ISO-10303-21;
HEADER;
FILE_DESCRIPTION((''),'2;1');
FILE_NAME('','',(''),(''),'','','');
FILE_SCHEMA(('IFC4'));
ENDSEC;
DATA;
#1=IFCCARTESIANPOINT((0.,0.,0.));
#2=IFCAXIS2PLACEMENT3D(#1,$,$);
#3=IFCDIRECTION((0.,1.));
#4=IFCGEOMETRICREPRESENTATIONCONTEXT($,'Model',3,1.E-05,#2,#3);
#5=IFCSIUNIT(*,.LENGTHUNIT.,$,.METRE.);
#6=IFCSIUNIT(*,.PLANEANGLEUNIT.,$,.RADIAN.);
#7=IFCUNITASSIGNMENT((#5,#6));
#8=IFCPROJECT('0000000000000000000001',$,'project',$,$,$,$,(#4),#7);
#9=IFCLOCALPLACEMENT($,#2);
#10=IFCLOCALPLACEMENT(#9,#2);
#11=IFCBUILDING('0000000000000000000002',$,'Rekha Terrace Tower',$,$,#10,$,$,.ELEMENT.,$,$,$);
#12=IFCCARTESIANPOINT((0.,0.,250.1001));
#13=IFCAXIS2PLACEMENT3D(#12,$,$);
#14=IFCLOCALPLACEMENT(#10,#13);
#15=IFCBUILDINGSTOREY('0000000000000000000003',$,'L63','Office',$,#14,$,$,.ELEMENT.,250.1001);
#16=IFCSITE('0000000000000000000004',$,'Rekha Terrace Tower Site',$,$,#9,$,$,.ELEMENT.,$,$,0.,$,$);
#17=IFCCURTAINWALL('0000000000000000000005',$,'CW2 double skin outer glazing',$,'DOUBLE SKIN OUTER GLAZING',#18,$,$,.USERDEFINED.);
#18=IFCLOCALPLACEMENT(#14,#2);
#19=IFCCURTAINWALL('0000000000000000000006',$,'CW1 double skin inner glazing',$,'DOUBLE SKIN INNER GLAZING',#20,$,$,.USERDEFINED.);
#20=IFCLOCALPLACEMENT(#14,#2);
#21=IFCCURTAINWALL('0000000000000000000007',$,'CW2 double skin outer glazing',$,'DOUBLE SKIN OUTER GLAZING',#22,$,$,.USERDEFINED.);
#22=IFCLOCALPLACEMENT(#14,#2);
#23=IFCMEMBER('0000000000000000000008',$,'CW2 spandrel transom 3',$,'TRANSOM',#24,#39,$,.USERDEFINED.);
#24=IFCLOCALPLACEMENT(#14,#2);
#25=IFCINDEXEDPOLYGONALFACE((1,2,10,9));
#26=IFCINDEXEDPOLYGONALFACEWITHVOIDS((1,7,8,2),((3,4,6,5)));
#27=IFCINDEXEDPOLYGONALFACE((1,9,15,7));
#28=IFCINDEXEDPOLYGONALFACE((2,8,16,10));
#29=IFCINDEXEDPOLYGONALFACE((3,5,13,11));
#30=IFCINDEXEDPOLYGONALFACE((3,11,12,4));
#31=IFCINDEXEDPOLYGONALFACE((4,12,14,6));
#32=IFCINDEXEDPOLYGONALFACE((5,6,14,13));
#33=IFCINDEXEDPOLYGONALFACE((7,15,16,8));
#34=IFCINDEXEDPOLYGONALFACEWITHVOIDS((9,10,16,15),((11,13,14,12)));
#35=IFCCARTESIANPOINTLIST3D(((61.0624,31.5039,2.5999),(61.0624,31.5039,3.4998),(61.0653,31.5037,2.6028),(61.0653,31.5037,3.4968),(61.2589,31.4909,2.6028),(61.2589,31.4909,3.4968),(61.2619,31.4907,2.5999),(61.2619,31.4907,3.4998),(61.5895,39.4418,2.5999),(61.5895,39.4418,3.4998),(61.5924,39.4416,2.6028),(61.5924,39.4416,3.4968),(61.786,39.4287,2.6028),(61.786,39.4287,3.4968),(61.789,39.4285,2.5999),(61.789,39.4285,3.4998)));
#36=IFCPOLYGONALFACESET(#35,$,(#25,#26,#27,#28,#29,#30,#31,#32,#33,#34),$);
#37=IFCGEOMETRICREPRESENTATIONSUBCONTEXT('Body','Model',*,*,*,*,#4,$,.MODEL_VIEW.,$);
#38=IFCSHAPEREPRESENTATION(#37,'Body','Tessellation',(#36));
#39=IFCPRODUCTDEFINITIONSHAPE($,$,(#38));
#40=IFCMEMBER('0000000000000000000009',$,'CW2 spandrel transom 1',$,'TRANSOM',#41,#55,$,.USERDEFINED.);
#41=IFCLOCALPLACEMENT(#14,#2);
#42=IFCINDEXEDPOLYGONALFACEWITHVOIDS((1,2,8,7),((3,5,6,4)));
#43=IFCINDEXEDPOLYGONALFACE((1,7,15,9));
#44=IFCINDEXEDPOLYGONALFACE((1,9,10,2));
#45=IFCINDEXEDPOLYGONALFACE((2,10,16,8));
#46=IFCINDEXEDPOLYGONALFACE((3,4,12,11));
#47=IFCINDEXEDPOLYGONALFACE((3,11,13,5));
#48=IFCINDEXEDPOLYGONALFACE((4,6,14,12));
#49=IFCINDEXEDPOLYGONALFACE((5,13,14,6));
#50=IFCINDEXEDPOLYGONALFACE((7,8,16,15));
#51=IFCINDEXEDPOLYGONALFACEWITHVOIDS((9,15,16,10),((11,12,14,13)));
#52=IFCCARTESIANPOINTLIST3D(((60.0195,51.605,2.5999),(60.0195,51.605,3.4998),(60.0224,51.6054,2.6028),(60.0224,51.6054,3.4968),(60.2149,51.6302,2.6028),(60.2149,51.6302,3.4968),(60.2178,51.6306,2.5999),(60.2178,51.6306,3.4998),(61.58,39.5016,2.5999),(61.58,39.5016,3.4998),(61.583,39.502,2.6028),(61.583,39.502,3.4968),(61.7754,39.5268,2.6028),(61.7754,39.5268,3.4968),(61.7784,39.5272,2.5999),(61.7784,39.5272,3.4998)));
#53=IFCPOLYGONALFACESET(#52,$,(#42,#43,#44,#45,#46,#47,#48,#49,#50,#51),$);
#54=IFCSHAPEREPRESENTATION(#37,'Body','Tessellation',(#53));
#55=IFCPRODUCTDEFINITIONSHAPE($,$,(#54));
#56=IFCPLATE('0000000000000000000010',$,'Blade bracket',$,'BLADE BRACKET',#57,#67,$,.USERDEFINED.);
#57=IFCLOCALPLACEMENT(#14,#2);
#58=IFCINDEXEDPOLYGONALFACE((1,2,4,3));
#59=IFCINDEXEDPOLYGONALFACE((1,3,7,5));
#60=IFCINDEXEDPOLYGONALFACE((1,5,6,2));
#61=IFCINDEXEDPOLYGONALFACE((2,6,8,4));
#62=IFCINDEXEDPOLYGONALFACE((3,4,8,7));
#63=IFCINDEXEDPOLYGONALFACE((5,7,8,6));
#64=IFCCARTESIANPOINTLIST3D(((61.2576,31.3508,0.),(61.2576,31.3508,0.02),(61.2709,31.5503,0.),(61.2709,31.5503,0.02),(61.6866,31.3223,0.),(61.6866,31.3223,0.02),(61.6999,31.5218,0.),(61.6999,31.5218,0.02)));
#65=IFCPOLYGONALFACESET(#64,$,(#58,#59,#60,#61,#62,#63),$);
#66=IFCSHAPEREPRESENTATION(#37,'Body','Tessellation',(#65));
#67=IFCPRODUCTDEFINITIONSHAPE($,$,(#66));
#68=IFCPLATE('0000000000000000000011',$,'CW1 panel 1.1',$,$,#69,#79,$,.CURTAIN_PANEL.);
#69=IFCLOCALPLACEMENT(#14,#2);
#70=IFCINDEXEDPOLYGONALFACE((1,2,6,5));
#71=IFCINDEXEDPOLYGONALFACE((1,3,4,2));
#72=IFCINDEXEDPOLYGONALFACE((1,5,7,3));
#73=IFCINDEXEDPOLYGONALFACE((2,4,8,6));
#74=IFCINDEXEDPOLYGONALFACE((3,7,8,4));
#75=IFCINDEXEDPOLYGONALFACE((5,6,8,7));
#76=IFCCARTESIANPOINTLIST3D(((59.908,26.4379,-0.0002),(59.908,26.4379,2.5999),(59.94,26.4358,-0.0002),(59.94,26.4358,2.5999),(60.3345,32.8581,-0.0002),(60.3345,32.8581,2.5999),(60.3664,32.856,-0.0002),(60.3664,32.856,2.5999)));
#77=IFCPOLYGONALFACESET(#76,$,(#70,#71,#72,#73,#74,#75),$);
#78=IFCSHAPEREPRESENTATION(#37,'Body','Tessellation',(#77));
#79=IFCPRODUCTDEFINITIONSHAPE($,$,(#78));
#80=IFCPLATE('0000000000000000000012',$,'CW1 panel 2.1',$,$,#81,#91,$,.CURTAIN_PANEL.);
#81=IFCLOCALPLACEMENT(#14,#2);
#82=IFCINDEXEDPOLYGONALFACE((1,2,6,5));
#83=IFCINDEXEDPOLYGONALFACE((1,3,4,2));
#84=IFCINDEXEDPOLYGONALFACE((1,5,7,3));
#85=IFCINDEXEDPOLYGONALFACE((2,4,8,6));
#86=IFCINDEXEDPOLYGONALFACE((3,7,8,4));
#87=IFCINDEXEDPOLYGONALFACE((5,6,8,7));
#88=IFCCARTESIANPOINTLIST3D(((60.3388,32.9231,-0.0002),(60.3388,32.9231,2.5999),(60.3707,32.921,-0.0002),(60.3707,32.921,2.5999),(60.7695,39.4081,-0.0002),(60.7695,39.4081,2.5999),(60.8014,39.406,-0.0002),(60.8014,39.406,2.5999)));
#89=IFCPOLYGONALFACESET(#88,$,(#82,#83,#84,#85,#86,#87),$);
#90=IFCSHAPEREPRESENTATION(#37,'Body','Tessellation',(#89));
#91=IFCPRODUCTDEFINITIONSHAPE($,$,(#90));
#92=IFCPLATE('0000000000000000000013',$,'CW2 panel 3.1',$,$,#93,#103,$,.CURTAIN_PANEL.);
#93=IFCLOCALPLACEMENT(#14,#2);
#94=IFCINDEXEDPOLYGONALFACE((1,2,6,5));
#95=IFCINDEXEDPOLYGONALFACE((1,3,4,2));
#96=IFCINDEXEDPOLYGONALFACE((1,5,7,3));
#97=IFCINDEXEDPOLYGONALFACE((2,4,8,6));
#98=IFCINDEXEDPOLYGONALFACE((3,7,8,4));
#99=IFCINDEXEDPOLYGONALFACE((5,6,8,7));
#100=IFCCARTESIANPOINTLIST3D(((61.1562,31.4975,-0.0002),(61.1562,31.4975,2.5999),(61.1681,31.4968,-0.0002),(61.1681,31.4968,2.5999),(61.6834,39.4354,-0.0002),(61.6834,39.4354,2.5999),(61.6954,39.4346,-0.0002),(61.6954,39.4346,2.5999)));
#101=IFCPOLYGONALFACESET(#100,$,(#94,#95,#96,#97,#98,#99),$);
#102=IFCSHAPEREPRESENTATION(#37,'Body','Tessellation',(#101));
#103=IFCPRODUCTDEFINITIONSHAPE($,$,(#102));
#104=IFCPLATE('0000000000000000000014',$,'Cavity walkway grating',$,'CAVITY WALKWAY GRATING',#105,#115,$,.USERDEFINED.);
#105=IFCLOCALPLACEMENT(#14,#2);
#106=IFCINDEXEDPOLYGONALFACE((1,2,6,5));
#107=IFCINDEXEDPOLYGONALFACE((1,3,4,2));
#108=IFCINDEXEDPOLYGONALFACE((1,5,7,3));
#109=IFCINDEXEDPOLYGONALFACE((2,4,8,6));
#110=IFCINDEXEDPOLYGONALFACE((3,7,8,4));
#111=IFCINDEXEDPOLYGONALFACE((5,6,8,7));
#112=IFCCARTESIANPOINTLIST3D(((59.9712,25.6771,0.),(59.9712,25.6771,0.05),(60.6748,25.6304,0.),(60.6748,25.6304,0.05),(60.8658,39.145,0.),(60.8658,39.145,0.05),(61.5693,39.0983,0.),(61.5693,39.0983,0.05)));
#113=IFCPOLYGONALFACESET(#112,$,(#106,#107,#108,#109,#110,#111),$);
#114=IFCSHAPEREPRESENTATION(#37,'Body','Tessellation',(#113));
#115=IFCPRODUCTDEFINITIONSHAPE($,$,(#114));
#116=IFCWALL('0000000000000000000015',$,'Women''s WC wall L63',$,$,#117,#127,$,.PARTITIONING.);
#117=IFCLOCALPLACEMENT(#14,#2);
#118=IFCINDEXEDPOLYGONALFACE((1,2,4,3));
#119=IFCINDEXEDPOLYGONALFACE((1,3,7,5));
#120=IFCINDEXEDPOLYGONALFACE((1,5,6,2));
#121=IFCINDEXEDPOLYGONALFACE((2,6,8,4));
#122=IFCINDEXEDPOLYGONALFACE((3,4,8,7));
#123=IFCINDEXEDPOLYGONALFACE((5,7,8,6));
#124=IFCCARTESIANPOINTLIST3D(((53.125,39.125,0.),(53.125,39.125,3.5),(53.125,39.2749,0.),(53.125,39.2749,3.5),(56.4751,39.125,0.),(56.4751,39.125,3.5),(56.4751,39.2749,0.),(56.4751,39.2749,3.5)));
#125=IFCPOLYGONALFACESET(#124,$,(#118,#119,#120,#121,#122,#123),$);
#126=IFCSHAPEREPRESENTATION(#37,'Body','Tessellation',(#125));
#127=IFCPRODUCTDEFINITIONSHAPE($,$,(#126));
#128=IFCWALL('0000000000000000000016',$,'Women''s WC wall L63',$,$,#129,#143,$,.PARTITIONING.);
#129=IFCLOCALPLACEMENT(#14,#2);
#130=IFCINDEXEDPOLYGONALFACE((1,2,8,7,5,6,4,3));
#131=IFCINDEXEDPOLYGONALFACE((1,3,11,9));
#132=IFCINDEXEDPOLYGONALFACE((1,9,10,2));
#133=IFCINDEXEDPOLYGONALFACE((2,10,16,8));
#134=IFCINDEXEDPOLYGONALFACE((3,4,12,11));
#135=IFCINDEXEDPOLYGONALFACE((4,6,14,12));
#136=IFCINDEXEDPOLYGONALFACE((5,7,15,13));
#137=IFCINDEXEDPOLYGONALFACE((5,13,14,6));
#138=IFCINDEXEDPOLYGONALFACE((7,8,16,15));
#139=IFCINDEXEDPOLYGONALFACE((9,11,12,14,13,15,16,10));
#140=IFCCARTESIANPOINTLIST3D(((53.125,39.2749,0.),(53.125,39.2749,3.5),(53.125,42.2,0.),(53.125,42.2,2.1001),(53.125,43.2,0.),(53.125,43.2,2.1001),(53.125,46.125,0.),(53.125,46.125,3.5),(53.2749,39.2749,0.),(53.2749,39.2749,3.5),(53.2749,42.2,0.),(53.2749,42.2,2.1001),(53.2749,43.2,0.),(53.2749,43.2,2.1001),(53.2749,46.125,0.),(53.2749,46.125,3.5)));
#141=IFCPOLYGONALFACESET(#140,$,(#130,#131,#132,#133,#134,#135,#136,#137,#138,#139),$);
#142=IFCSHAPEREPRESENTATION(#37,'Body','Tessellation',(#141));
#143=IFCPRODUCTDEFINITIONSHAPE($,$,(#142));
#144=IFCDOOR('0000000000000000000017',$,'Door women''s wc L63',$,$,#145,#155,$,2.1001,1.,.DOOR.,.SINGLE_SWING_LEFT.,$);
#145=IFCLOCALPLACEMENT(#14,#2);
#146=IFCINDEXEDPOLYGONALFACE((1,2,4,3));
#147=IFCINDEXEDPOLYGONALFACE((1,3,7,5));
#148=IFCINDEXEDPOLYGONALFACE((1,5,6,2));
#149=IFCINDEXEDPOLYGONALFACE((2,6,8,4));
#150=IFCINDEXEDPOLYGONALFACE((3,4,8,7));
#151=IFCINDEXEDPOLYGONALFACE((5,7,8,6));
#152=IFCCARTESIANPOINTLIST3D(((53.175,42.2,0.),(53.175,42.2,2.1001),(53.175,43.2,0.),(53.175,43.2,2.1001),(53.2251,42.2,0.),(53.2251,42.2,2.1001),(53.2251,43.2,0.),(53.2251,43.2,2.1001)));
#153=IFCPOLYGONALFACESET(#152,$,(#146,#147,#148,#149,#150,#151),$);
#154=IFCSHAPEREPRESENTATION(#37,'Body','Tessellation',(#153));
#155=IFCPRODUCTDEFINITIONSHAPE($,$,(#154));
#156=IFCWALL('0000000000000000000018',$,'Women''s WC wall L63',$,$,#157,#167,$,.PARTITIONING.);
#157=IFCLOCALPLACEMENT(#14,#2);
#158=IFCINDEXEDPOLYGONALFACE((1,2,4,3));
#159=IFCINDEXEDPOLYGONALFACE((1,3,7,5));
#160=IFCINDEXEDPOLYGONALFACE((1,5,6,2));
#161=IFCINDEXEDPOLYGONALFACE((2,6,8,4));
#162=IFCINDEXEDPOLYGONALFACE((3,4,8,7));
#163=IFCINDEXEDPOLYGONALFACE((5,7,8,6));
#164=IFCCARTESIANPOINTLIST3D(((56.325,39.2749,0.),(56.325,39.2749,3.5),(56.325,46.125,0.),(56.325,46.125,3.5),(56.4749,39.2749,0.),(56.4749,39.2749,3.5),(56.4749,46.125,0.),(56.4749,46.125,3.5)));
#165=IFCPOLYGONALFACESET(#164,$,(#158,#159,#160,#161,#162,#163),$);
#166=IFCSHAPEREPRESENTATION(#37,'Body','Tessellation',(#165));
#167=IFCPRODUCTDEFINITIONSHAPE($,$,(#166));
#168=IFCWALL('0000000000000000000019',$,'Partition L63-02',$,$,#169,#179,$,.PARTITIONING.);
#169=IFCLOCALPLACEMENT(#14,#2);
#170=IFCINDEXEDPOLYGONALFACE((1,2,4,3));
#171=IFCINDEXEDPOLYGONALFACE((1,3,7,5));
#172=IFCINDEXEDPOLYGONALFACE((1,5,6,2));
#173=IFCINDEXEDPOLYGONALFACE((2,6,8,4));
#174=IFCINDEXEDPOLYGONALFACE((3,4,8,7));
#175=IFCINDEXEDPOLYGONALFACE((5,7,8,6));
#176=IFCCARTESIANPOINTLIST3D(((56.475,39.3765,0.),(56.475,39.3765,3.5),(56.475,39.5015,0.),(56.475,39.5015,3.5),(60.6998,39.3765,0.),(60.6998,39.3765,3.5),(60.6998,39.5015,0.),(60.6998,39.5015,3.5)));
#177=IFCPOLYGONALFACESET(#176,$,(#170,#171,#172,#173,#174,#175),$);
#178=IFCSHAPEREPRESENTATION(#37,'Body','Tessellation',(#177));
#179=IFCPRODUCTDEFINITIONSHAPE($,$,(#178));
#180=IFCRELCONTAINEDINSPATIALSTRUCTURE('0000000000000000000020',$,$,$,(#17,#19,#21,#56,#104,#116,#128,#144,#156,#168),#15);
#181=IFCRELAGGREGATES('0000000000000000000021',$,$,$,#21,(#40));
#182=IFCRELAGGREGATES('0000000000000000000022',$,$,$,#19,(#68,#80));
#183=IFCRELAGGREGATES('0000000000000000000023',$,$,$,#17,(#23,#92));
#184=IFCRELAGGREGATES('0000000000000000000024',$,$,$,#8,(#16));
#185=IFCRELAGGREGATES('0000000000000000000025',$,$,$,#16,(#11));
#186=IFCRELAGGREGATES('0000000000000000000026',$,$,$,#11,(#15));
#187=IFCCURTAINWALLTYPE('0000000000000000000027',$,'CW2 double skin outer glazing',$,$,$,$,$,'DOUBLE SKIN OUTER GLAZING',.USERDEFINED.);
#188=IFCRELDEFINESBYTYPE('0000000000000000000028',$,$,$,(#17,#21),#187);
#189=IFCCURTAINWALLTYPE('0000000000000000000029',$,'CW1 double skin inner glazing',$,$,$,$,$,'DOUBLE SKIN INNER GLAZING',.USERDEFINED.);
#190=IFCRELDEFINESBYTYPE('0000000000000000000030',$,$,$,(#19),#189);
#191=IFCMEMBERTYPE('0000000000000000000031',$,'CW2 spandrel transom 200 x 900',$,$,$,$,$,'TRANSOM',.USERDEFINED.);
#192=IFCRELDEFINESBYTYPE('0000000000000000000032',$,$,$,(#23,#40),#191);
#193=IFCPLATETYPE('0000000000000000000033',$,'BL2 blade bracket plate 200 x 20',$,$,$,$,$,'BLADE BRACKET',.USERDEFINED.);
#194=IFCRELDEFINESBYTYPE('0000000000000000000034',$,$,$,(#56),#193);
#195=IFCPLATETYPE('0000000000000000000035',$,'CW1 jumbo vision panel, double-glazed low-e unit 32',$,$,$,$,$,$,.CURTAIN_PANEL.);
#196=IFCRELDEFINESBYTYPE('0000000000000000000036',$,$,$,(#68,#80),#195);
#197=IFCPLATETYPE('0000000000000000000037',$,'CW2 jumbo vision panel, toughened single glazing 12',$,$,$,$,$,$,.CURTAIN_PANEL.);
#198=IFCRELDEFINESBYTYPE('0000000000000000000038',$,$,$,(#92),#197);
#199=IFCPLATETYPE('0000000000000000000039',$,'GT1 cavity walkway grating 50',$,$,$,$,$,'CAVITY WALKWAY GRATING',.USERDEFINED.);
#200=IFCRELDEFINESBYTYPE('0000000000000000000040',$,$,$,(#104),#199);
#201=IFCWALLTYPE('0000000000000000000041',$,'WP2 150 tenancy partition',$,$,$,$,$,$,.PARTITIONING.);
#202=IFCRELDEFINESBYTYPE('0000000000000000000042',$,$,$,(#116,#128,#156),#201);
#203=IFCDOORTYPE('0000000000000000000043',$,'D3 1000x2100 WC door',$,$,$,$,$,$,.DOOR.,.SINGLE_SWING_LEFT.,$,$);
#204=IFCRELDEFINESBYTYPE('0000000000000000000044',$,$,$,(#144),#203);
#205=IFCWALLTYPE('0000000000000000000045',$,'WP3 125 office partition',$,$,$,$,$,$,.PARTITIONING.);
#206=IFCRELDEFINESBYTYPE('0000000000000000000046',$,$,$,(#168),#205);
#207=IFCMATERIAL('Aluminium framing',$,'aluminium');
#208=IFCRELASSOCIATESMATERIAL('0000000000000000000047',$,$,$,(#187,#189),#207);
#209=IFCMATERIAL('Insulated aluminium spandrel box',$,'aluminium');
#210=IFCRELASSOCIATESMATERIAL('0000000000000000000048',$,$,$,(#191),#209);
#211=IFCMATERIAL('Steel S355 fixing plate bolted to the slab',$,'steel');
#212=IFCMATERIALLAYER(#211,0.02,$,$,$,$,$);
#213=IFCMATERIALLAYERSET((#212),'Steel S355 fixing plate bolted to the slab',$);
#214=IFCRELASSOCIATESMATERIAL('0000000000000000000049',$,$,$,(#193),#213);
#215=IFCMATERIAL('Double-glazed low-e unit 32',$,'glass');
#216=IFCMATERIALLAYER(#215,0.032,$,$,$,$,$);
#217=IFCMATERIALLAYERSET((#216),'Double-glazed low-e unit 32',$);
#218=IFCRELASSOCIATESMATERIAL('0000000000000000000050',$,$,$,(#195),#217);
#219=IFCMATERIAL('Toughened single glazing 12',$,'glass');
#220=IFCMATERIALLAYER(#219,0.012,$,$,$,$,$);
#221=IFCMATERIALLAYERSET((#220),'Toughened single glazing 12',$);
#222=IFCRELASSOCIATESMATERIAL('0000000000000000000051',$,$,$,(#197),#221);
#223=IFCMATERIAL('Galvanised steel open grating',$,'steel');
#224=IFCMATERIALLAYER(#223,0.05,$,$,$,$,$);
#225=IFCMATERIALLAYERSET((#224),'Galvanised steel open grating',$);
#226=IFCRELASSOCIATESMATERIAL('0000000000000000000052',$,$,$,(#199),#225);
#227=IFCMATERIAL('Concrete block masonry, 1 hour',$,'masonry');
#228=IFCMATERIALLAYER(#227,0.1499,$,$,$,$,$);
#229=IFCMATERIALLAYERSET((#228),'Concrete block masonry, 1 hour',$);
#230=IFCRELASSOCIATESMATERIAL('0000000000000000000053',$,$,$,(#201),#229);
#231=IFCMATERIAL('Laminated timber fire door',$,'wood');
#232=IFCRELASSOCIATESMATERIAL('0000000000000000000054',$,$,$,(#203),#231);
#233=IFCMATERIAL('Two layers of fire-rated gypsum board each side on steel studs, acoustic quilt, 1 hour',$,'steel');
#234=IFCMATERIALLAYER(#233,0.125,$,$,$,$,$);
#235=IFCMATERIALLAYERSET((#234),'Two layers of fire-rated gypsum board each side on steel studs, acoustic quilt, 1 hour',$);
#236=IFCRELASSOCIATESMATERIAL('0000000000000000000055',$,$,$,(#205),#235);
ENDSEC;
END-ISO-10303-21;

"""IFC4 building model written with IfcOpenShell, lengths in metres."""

from ifc_helpers import new_model, si_unit, direction, frame, frame_2d, origin, origin_2d, place, context, subcontext, project, spatial, rectangle, hollow_rectangle, extrude, material, layer, layer_set, material_profile, profile_set, type_object, element, fill, aggregate, save


model = new_model("IFC4")

# Units and contexts
model_context = context("Model", 3, precision=1e-05, world=origin(), true_north=direction((0.0, 1.0)))
body_context = subcontext(model_context, "Body", "Model", "MODEL_VIEW")
ifc_project = project(units=[si_unit("LENGTHUNIT", "METRE"), si_unit("PLANEANGLEUNIT", "RADIAN")], contexts=[model_context])

# Site, building, storey
site_placement = place(None, origin())
site = spatial("IfcSite", under=ifc_project, at=site_placement, Name="Rekha Terrace Tower Site", CompositionType="ELEMENT", RefElevation=0.0)
building_placement = place(site_placement, origin())
building = spatial("IfcBuilding", under=site, at=building_placement, Name="Rekha Terrace Tower", CompositionType="ELEMENT")
storey_placement = place(building_placement, frame((0.0, 0.0, 250.1001)))
storey = spatial("IfcBuildingStorey", under=building, at=storey_placement, Name="L63", Description="Office", CompositionType="ELEMENT", Elevation=250.1001)

# Curtain walls
ifc_material_1 = material(Name="Aluminium framing", Category="aluminium")
curtain_wall_type_1 = type_object("IfcCurtainWallType", Name="CW2 double skin outer glazing", ElementType="DOUBLE SKIN OUTER GLAZING", PredefinedType="USERDEFINED", material=ifc_material_1)
curtain_wall_1_placement = place(storey_placement, origin())
curtain_wall_1 = element("IfcCurtainWall", 1, at=curtain_wall_1_placement, inside=storey, type_object=curtain_wall_type_1, Name="CW2 double skin outer glazing", ObjectType="DOUBLE SKIN OUTER GLAZING", PredefinedType="USERDEFINED")
curtain_wall_type_2 = type_object("IfcCurtainWallType", Name="CW1 double skin inner glazing", ElementType="DOUBLE SKIN INNER GLAZING", PredefinedType="USERDEFINED", material=ifc_material_1)
curtain_wall_2_placement = place(storey_placement, origin())
curtain_wall_2 = element("IfcCurtainWall", 2, at=curtain_wall_2_placement, inside=storey, type_object=curtain_wall_type_2, Name="CW1 double skin inner glazing", ObjectType="DOUBLE SKIN INNER GLAZING", PredefinedType="USERDEFINED")

# Shared definitions
ifc_material_2 = material(Name="Insulated aluminium spandrel box", Category="aluminium")

# Curtain wall
curtain_wall_3_placement = place(storey_placement, origin())
curtain_wall_3 = element("IfcCurtainWall", 3, at=curtain_wall_3_placement, inside=storey, type_object=curtain_wall_type_1, Name="CW2 double skin outer glazing", ObjectType="DOUBLE SKIN OUTER GLAZING", PredefinedType="USERDEFINED")

# Members
ifc_material_profile_1 = material_profile(ifc_material_2, hollow_rectangle(XDim=0.2, YDim=0.8999, WallThickness=0.0029, at=origin_2d()), Name="AL SPANDREL BOX 200x900")
ifc_profile_set_1 = profile_set([ifc_material_profile_1], Name="Insulated aluminium spandrel box")
member_type_1 = type_object("IfcMemberType", Name="CW2 spandrel transom 200 x 900", ElementType="TRANSOM", PredefinedType="USERDEFINED", material=ifc_profile_set_1)
member_1_placement = place(storey_placement, frame((61.1621, 31.4973, 3.0498), z_axis=(0.066258, 0.997803, 0.0), x_axis=(-0.997803, 0.066258, 0.0)))
member_1 = element("IfcMember", 4, at=member_1_placement, type_object=member_type_1, Name="CW2 spandrel transom 3", ObjectType="TRANSOM", PredefinedType="USERDEFINED", context=body_context, shape_type="SweptSolid", body=[
    extrude(hollow_rectangle(XDim=0.2, YDim=0.8999, WallThickness=0.0029, at=origin_2d()), origin(), (0.0, 0.0, 1.0), 7.9553),
])
member_2_placement = place(storey_placement, frame((61.6792, 39.5144, 3.0498), z_axis=(-0.127875, 0.99179, 0.0), x_axis=(-0.99179, -0.127875, 0.0)))
member_2 = element("IfcMember", 5, at=member_2_placement, type_object=member_type_1, Name="CW2 spandrel transom 1", ObjectType="TRANSOM", PredefinedType="USERDEFINED", context=body_context, shape_type="SweptSolid", body=[
    extrude(hollow_rectangle(XDim=0.2, YDim=0.8999, WallThickness=0.0029, at=origin_2d()), origin(), (0.0, 0.0, 1.0), 12.2036),
])
aggregate(curtain_wall_3, [member_2])

# Plates
ifc_material_3 = material(Name="Steel S355 fixing plate bolted to the slab", Category="steel")
ifc_layer_1 = layer(ifc_material_3, 0.02)
ifc_layer_set_1 = layer_set([ifc_layer_1], Name="Steel S355 fixing plate bolted to the slab")
plate_type_1 = type_object("IfcPlateType", Name="BL2 blade bracket plate 200 x 20", ElementType="BLADE BRACKET", PredefinedType="USERDEFINED", material=ifc_layer_set_1)
plate_1_placement = place(storey_placement, frame((61.4788, 31.4363, 0.0), z_axis=(0.0, 0.0, 1.0), x_axis=(0.997802, -0.066272, 0.0)))
element("IfcPlate", 6, at=plate_1_placement, inside=storey, type_object=plate_type_1, Name="Blade bracket", ObjectType="BLADE BRACKET", PredefinedType="USERDEFINED", context=body_context, shape_type="SweptSolid", body=[
    extrude(rectangle(XDim=0.4299, YDim=0.2, at=origin_2d()), origin(), (0.0, 0.0, 1.0), 0.02),
])
ifc_material_4 = material(Name="Double-glazed low-e unit 32", Category="glass")
ifc_layer_2 = layer(ifc_material_4, 0.032)
ifc_layer_set_2 = layer_set([ifc_layer_2], Name="Double-glazed low-e unit 32")
plate_type_2 = type_object("IfcPlateType", Name="CW1 jumbo vision panel, double-glazed low-e unit 32", PredefinedType="CURTAIN_PANEL", material=ifc_layer_set_2)
plate_2_placement = place(storey_placement, frame((60.1372, 29.647, -0.0002), z_axis=(0.0, 0.0, 1.0), x_axis=(0.066272, 0.997802, 0.0)))
plate_2 = element("IfcPlate", 7, at=plate_2_placement, type_object=plate_type_2, Name="CW1 panel 1.1", PredefinedType="CURTAIN_PANEL", context=body_context, shape_type="SweptSolid", body=[
    extrude(rectangle(XDim=6.4343, YDim=0.032, at=origin_2d()), origin(), (0.0, 0.0, 1.0), 2.6001),
])
plate_3_placement = place(storey_placement, frame((60.5701, 36.1646, -0.0002), z_axis=(0.0, 0.0, 1.0), x_axis=(0.066272, 0.997802, 0.0)))
plate_3 = element("IfcPlate", 8, at=plate_3_placement, type_object=plate_type_2, Name="CW1 panel 2.1", PredefinedType="CURTAIN_PANEL", context=body_context, shape_type="SweptSolid", body=[
    extrude(rectangle(XDim=6.4993, YDim=0.032, at=origin_2d()), origin(), (0.0, 0.0, 1.0), 2.6001),
])
aggregate(curtain_wall_2, [plate_2, plate_3])
ifc_material_5 = material(Name="Toughened single glazing 12", Category="glass")
ifc_layer_3 = layer(ifc_material_5, 0.012)
ifc_layer_set_3 = layer_set([ifc_layer_3], Name="Toughened single glazing 12")
plate_type_3 = type_object("IfcPlateType", Name="CW2 jumbo vision panel, toughened single glazing 12", PredefinedType="CURTAIN_PANEL", material=ifc_layer_set_3)
plate_4_placement = place(storey_placement, frame((61.4258, 35.4661, -0.0002), z_axis=(0.0, 0.0, 1.0), x_axis=(0.066272, 0.997802, 0.0)))
plate_4 = element("IfcPlate", 9, at=plate_4_placement, type_object=plate_type_3, Name="CW2 panel 3.1", PredefinedType="CURTAIN_PANEL", context=body_context, shape_type="SweptSolid", body=[
    extrude(rectangle(XDim=7.9553, YDim=0.012, at=origin_2d()), origin(), (0.0, 0.0, 1.0), 2.6001),
])
aggregate(curtain_wall_1, [member_1, plate_4])
ifc_material_6 = material(Name="Galvanised steel open grating", Category="steel")
ifc_layer_4 = layer(ifc_material_6, 0.05)
ifc_layer_set_4 = layer_set([ifc_layer_4], Name="Galvanised steel open grating")
plate_type_4 = type_object("IfcPlateType", Name="GT1 cavity walkway grating 50", ElementType="CAVITY WALKWAY GRATING", PredefinedType="USERDEFINED", material=ifc_layer_set_4)
plate_5_placement = place(storey_placement, frame((60.7703, 32.3877, 0.0), z_axis=(0.0, 0.0, 1.0), x_axis=(0.066272, 0.997802, 0.0)))
element("IfcPlate", 10, at=plate_5_placement, inside=storey, type_object=plate_type_4, Name="Cavity walkway grating", ObjectType="CAVITY WALKWAY GRATING", PredefinedType="USERDEFINED", context=body_context, shape_type="SweptSolid", body=[
    extrude(rectangle(XDim=13.4976, YDim=0.7051, at=origin_2d()), origin(), (0.0, 0.0, 1.0), 0.05),
])

# Wall
ifc_material_7 = material(Name="Concrete block masonry, 1 hour", Category="masonry")
ifc_layer_5 = layer(ifc_material_7, 0.1499)
ifc_layer_set_5 = layer_set([ifc_layer_5], Name="Concrete block masonry, 1 hour")
wall_type_1 = type_object("IfcWallType", Name="WP2 150 tenancy partition", PredefinedType="PARTITIONING", material=ifc_layer_set_5)
wall_1_placement = place(storey_placement, frame((53.125, 39.2, 0.0), z_axis=(0.0, 0.0, 1.0), x_axis=(1.0, 0.0, 0.0)))
element("IfcWall", 11, at=wall_1_placement, inside=storey, type_object=wall_type_1, Name="Women's WC wall L63", PredefinedType="PARTITIONING", context=body_context, shape_type="SweptSolid", body=[
    extrude(rectangle(XDim=3.3501, YDim=0.1499, at=frame_2d((1.675, 0.0))), origin(), (0.0, 0.0, 1.0), 3.5),
])

# Wall, opening, door
wall_2_placement = place(storey_placement, frame((53.2, 39.2749, 0.0), z_axis=(0.0, 0.0, 1.0), x_axis=(0.0, 1.0, 0.0)))
wall_2 = element("IfcWall", 12, at=wall_2_placement, inside=storey, type_object=wall_type_1, Name="Women's WC wall L63", PredefinedType="PARTITIONING", context=body_context, shape_type="SweptSolid", body=[
    extrude(rectangle(XDim=6.8501, YDim=0.1499, at=frame_2d((3.425, 0.0))), origin(), (0.0, 0.0, 1.0), 3.5),
])
opening_placement = place(wall_2_placement, frame((2.925, 0.0, 0.0)))
opening = element("IfcOpeningElement", 13, at=opening_placement, cuts=wall_2, PredefinedType="OPENING", context=body_context, shape_type="SweptSolid", body=[
    extrude(rectangle(XDim=1.0, YDim=2.1001, at=frame_2d((0.5, 1.05))), frame((0.0, 0.085, 0.0), z_axis=(0.0, -1.0, 0.0), x_axis=(1.0, 0.0, 0.0)), (0.0, 0.0, 1.0), 0.1699),
])
ifc_material_8 = material(Name="Laminated timber fire door", Category="wood")
door_type = type_object("IfcDoorType", Name="D3 1000x2100 WC door", OperationType="SINGLE_SWING_LEFT", PredefinedType="DOOR", material=ifc_material_8)
door_placement = place(opening_placement, origin())
door = element("IfcDoor", 14, at=door_placement, inside=storey, type_object=door_type, Name="Door women's wc L63", OperationType="SINGLE_SWING_LEFT", OverallHeight=2.1001, OverallWidth=1.0, PredefinedType="DOOR", context=body_context, shape_type="SweptSolid", body=[
    extrude(rectangle(XDim=1.0, YDim=2.1001, at=frame_2d((0.5, 1.05))), frame((0.0, 0.0249, 0.0), z_axis=(0.0, -1.0, 0.0), x_axis=(1.0, 0.0, 0.0)), (0.0, 0.0, 1.0), 0.05),
])
fill(opening, door)

# Walls
wall_3_placement = place(storey_placement, frame((56.3999, 39.2749, 0.0), z_axis=(0.0, 0.0, 1.0), x_axis=(0.0, 1.0, 0.0)))
element("IfcWall", 15, at=wall_3_placement, inside=storey, type_object=wall_type_1, Name="Women's WC wall L63", PredefinedType="PARTITIONING", context=body_context, shape_type="SweptSolid", body=[
    extrude(rectangle(XDim=6.8501, YDim=0.1499, at=frame_2d((3.425, 0.0))), origin(), (0.0, 0.0, 1.0), 3.5),
])
ifc_material_9 = material(Name="Two layers of fire-rated gypsum board each side on steel studs, acoustic quilt, 1 hour", Category="steel")
ifc_layer_6 = layer(ifc_material_9, 0.125)
ifc_layer_set_6 = layer_set([ifc_layer_6], Name="Two layers of fire-rated gypsum board each side on steel studs, acoustic quilt, 1 hour")
wall_type_2 = type_object("IfcWallType", Name="WP3 125 office partition", PredefinedType="PARTITIONING", material=ifc_layer_set_6)
wall_4_placement = place(storey_placement, frame((56.4751, 39.439, 0.0), z_axis=(0.0, 0.0, 1.0), x_axis=(1.0, 0.0, 0.0)))
element("IfcWall", 16, at=wall_4_placement, inside=storey, type_object=wall_type_2, Name="Partition L63-02", PredefinedType="PARTITIONING", context=body_context, shape_type="SweptSolid", body=[
    extrude(rectangle(XDim=4.2249, YDim=0.125, at=frame_2d((2.1123, 0.0))), origin(), (0.0, 0.0, 1.0), 3.5),
])

save(model, "model.ifc")
